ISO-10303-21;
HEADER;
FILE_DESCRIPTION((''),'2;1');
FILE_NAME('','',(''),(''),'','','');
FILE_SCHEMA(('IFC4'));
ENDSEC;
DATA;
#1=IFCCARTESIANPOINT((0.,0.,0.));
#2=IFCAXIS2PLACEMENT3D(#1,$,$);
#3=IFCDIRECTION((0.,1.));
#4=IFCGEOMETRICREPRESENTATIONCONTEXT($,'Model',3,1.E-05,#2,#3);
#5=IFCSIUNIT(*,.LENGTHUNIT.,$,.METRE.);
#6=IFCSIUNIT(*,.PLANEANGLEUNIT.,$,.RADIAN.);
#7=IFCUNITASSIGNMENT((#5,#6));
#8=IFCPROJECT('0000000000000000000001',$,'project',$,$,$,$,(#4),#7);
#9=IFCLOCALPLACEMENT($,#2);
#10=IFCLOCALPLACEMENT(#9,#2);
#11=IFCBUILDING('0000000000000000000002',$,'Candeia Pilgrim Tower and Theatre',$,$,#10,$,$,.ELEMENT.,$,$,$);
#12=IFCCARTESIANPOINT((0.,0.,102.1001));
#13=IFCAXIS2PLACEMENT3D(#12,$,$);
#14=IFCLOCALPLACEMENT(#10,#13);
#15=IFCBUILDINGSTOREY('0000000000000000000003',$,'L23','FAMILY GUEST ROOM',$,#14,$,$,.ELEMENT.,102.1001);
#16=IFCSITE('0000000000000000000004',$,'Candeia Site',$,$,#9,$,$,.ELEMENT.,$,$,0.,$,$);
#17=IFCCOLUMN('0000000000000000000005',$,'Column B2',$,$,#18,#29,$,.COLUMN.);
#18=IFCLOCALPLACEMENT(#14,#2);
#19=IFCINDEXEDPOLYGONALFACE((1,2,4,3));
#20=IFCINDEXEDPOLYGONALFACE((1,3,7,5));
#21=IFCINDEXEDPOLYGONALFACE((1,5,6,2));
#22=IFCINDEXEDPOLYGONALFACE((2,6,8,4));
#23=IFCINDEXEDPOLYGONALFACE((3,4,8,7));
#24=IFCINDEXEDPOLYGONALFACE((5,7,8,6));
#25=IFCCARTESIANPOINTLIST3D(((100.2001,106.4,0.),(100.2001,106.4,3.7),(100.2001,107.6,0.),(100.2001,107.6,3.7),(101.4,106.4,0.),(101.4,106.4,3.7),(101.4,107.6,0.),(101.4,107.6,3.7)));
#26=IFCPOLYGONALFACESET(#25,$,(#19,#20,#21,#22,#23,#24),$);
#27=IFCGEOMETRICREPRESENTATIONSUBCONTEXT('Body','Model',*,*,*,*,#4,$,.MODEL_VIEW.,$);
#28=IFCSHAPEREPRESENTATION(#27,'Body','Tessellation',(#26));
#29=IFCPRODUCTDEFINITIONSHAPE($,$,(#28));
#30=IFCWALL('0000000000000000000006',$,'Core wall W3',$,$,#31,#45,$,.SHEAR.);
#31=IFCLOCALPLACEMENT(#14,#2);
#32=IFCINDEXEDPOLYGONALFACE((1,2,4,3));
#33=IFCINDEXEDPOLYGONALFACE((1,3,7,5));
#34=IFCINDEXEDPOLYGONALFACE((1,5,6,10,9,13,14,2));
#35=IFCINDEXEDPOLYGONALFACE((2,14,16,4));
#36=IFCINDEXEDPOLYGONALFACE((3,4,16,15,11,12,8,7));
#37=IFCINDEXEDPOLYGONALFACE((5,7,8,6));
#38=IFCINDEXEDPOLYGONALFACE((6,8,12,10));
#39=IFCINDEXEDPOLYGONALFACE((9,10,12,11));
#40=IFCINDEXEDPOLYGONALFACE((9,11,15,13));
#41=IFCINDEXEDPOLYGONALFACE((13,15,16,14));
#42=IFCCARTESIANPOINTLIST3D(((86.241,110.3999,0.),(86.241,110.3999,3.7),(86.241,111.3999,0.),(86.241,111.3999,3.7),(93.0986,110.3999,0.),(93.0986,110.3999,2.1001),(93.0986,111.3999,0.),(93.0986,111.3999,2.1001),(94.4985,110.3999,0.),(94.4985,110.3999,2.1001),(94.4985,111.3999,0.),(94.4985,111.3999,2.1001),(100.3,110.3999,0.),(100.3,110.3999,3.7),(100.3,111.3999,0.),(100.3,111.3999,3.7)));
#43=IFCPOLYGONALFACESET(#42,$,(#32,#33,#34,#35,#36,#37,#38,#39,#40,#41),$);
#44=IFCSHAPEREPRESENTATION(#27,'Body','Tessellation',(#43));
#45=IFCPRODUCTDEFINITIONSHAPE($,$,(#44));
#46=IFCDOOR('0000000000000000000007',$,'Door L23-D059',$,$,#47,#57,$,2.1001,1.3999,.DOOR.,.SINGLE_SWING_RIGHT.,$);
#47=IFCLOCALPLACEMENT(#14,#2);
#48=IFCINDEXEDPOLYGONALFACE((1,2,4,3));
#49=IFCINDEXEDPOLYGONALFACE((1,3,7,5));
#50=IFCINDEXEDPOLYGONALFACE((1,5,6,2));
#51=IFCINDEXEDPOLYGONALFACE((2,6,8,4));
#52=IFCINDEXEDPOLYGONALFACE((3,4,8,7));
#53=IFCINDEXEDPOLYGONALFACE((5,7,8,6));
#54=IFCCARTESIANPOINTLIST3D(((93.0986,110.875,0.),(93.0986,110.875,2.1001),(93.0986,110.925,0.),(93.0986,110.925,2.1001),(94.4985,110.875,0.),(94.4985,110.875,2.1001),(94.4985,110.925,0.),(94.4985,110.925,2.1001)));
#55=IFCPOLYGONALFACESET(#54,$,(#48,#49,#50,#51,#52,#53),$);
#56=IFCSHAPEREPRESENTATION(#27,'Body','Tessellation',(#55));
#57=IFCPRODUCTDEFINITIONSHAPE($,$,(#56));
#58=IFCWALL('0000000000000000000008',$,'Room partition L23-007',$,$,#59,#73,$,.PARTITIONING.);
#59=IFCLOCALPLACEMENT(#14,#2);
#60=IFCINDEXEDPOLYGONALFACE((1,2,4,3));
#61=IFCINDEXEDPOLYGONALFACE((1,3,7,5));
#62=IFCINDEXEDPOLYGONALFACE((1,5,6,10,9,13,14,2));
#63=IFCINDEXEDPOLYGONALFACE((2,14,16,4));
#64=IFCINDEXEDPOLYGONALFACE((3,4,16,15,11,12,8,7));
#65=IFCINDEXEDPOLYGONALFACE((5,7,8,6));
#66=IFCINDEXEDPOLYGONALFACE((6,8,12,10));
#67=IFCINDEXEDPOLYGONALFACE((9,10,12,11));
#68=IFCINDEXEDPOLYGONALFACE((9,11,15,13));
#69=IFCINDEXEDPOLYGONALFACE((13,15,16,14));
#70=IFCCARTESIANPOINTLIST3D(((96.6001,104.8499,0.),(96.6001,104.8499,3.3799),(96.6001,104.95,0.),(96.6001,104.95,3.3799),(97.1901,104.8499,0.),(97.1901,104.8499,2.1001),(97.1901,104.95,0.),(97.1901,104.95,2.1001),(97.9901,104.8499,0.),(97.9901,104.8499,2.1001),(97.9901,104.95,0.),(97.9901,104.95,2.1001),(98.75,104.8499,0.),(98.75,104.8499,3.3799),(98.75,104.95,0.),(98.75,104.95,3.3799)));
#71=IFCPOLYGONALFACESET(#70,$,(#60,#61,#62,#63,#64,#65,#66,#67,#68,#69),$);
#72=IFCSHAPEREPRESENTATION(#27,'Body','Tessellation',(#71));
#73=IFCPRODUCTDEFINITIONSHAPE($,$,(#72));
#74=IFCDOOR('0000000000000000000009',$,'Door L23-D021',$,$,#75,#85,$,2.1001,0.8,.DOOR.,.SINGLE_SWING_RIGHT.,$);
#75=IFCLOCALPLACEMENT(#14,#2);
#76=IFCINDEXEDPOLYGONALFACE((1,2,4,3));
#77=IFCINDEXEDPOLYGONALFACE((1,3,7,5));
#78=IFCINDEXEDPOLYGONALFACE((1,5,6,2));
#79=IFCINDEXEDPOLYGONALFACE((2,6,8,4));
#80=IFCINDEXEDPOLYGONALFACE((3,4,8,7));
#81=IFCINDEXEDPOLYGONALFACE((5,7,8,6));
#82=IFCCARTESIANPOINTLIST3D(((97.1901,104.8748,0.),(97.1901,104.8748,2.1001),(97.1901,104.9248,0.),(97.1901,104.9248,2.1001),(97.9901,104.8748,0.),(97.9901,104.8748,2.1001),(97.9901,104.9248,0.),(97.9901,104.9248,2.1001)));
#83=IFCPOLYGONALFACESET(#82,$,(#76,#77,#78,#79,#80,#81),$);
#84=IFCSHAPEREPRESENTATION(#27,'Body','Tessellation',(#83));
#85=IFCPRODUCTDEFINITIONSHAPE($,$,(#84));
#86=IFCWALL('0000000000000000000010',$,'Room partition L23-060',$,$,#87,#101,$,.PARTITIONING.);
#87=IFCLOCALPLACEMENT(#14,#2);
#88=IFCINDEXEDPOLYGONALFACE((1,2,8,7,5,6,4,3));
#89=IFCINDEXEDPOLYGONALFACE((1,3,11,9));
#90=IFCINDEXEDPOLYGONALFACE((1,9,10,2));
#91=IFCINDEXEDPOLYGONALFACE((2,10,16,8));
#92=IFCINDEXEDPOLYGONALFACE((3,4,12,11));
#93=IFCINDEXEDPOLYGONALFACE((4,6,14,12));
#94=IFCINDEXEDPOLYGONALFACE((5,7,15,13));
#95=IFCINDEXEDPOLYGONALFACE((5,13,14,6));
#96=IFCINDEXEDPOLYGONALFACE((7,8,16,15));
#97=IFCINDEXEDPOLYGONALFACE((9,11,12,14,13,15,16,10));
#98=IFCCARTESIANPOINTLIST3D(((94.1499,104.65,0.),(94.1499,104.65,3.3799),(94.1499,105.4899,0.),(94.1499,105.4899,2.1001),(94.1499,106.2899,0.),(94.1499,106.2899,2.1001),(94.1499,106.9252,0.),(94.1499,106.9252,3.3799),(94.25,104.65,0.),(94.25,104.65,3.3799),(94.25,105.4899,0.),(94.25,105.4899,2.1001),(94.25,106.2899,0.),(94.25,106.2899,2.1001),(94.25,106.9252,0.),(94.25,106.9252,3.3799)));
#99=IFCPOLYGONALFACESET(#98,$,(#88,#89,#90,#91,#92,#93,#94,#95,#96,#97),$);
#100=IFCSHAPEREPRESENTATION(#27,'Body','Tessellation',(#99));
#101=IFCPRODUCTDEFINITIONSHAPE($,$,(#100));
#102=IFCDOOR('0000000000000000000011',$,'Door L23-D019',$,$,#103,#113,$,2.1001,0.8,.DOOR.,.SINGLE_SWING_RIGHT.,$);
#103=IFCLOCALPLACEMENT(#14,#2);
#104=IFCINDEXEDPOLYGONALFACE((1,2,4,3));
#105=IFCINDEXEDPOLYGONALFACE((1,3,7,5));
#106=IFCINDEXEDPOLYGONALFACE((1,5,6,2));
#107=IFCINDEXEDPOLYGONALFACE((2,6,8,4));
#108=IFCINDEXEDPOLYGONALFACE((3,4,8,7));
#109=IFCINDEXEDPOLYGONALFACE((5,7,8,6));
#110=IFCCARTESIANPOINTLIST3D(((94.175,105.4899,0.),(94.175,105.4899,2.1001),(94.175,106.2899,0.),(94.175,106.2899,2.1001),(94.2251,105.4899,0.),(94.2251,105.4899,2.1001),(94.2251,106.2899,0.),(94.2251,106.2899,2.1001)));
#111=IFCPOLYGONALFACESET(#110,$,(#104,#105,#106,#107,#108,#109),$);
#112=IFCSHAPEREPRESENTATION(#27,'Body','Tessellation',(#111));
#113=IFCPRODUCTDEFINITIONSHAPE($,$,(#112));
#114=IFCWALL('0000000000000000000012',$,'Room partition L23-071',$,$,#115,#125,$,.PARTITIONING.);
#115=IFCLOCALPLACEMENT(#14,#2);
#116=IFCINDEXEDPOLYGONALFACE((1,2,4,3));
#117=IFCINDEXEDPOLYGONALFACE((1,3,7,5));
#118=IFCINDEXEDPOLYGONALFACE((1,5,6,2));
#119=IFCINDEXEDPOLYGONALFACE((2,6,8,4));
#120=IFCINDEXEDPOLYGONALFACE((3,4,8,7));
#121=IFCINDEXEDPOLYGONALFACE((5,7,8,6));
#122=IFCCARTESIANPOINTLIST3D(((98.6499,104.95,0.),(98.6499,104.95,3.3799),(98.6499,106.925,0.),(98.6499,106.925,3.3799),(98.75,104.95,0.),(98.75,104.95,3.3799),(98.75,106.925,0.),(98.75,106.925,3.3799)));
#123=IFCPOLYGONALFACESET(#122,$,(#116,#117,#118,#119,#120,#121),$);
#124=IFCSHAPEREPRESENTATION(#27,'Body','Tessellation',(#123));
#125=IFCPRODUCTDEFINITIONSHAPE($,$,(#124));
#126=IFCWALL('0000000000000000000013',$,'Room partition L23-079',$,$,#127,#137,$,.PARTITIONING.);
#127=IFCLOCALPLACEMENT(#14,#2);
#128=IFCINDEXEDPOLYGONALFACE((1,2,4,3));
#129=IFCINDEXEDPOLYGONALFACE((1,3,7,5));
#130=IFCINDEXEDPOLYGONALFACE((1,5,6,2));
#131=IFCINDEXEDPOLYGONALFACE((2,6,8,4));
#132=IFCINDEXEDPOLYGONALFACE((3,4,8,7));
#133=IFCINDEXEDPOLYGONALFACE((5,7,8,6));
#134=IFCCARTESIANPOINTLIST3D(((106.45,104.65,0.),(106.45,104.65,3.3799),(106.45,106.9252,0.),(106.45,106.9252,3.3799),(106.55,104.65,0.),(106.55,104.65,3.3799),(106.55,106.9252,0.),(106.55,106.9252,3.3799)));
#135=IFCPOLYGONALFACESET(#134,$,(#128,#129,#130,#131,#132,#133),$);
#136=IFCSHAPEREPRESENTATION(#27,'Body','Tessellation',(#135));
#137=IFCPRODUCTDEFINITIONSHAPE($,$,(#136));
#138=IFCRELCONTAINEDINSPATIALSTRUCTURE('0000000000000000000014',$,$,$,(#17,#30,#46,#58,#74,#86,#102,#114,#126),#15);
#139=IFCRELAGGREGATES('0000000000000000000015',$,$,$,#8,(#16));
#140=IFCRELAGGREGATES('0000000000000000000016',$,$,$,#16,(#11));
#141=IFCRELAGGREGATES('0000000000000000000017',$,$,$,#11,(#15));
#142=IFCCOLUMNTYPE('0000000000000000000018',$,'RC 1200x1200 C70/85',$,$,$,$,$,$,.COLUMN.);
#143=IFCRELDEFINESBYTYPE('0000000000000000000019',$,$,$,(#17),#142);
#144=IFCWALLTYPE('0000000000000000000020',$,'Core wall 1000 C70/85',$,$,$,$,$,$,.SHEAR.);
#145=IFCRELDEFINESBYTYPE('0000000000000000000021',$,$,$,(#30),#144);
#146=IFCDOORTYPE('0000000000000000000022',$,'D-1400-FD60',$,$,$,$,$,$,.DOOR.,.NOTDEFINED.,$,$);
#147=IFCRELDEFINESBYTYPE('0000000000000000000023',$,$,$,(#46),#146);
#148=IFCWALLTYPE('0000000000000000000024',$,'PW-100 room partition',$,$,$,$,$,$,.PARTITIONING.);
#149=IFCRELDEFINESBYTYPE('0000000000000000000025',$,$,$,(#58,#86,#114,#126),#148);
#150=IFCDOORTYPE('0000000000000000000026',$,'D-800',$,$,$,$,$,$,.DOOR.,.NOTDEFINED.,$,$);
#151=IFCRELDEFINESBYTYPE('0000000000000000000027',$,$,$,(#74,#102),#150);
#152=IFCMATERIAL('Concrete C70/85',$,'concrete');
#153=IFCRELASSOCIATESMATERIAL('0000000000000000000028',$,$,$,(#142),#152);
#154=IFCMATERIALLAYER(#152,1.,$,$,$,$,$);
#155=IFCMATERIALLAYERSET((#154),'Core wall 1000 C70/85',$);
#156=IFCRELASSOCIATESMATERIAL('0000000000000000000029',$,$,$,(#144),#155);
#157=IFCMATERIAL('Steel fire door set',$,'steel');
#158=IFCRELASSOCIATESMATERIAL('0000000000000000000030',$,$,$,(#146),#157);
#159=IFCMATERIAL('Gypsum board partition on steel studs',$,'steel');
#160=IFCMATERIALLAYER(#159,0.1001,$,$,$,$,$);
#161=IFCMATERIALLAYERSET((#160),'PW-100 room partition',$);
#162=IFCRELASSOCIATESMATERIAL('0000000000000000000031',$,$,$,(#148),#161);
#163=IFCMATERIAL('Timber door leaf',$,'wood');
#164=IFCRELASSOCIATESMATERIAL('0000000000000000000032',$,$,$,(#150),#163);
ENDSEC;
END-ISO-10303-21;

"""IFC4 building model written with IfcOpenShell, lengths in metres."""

from ifc_helpers import new_model, si_unit, direction, frame, frame_2d, origin, origin_2d, place, context, subcontext, project, spatial, rectangle, extrude, material, layer, layer_set, material_profile, profile_set, type_object, element, fill, save


model = new_model("IFC4")

# Units and contexts
model_context = context("Model", 3, precision=1e-05, world=origin(), true_north=direction((0.0, 1.0)))
body_context = subcontext(model_context, "Body", "Model", "MODEL_VIEW")
ifc_project = project(units=[si_unit("LENGTHUNIT", "METRE"), si_unit("PLANEANGLEUNIT", "RADIAN")], contexts=[model_context])

# Site, building, storey
site_placement = place(None, origin())
site = spatial("IfcSite", under=ifc_project, at=site_placement, Name="Candeia Site", CompositionType="ELEMENT", RefElevation=0.0)
building_placement = place(site_placement, origin())
building = spatial("IfcBuilding", under=site, at=building_placement, Name="Candeia Pilgrim Tower and Theatre", CompositionType="ELEMENT")
storey_placement = place(building_placement, frame((0.0, 0.0, 102.1001)))
storey = spatial("IfcBuildingStorey", under=building, at=storey_placement, Name="L23", Description="FAMILY GUEST ROOM", CompositionType="ELEMENT", Elevation=102.1001)

# Column
ifc_material_1 = material(Name="Concrete C70/85", Category="concrete")
ifc_material_profile = material_profile(ifc_material_1, rectangle(XDim=1.2, YDim=1.2, at=origin_2d()))
ifc_profile_set = profile_set([ifc_material_profile], Name="Concrete C70/85")
column_type = type_object("IfcColumnType", Name="RC 1200x1200 C70/85", PredefinedType="COLUMN", material=ifc_profile_set)
column_placement = place(storey_placement, frame((100.8, 107.0, 0.0), z_axis=(0.0, 0.0, 1.0), x_axis=(1.0, 0.0, 0.0)))
element("IfcColumn", 1, at=column_placement, inside=storey, type_object=column_type, Name="Column B2", PredefinedType="COLUMN", context=body_context, shape_type="SweptSolid", body=[
    extrude(rectangle(XDim=1.2, YDim=1.2, at=origin_2d()), origin(), (0.0, 0.0, 1.0), 3.7),
])

# Walls, openings, doors
ifc_layer_1 = layer(ifc_material_1, 1.0)
ifc_layer_set_1 = layer_set([ifc_layer_1], Name="Core wall 1000 C70/85")
wall_type_1 = type_object("IfcWallType", Name="Core wall 1000 C70/85", PredefinedType="SHEAR", material=ifc_layer_set_1)
wall_1_placement = place(storey_placement, frame((100.3, 110.8999, 0.0), z_axis=(0.0, 0.0, 1.0), x_axis=(-1.0, 0.0, 0.0)))
wall_1 = element("IfcWall", 2, at=wall_1_placement, inside=storey, type_object=wall_type_1, Name="Core wall W3", PredefinedType="SHEAR", context=body_context, shape_type="SweptSolid", body=[
    extrude(rectangle(XDim=14.0591, YDim=1.0, at=frame_2d((7.0295, 0.0))), origin(), (0.0, 0.0, 1.0), 3.7),
])
opening_1_placement = place(wall_1_placement, frame((5.8015, 0.0, 0.0)))
opening_1 = element("IfcOpeningElement", 3, at=opening_1_placement, cuts=wall_1, PredefinedType="OPENING", context=body_context, shape_type="SweptSolid", body=[
    extrude(rectangle(XDim=1.3999, YDim=2.1001, at=frame_2d((0.7, 1.05))), frame((0.0, 0.51, 0.0), z_axis=(0.0, -1.0, 0.0), x_axis=(1.0, 0.0, 0.0)), (0.0, 0.0, 1.0), 1.02),
])
ifc_material_2 = material(Name="Steel fire door set", Category="steel")
door_type_1 = type_object("IfcDoorType", Name="D-1400-FD60", OperationType="NOTDEFINED", PredefinedType="DOOR", material=ifc_material_2)
door_1_placement = place(opening_1_placement, origin())
door_1 = element("IfcDoor", 4, at=door_1_placement, inside=storey, type_object=door_type_1, Name="Door L23-D059", OperationType="SINGLE_SWING_RIGHT", OverallHeight=2.1001, OverallWidth=1.3999, PredefinedType="DOOR", context=body_context, shape_type="SweptSolid", body=[
    extrude(rectangle(XDim=1.3999, YDim=2.1001, at=frame_2d((0.7, 1.05))), frame((0.0, 0.0249, 0.0), z_axis=(0.0, -1.0, 0.0), x_axis=(1.0, 0.0, 0.0)), (0.0, 0.0, 1.0), 0.05),
])
fill(opening_1, door_1)
ifc_material_3 = material(Name="Gypsum board partition on steel studs", Category="steel")
ifc_layer_2 = layer(ifc_material_3, 0.1001)
ifc_layer_set_2 = layer_set([ifc_layer_2], Name="PW-100 room partition")
wall_type_2 = type_object("IfcWallType", Name="PW-100 room partition", PredefinedType="PARTITIONING", material=ifc_layer_set_2)
wall_2_placement = place(storey_placement, frame((96.6001, 104.8999, 0.0), z_axis=(0.0, 0.0, 1.0), x_axis=(1.0, 0.0, 0.0)))
wall_2 = element("IfcWall", 5, at=wall_2_placement, inside=storey, type_object=wall_type_2, Name="Room partition L23-007", PredefinedType="PARTITIONING", context=body_context, shape_type="SweptSolid", body=[
    extrude(rectangle(XDim=2.1499, YDim=0.1001, at=frame_2d((1.075, 0.0))), origin(), (0.0, 0.0, 1.0), 3.3799),
])
opening_2_placement = place(wall_2_placement, frame((0.5901, 0.0, 0.0)))
opening_2 = element("IfcOpeningElement", 6, at=opening_2_placement, cuts=wall_2, PredefinedType="OPENING", context=body_context, shape_type="SweptSolid", body=[
    extrude(rectangle(XDim=0.8, YDim=2.1001, at=frame_2d((0.3999, 1.05))), frame((0.0, 0.0601, 0.0), z_axis=(0.0, -1.0, 0.0), x_axis=(1.0, 0.0, 0.0)), (0.0, 0.0, 1.0), 0.1201),
])
ifc_material_4 = material(Name="Timber door leaf", Category="wood")
door_type_2 = type_object("IfcDoorType", Name="D-800", OperationType="NOTDEFINED", PredefinedType="DOOR", material=ifc_material_4)
door_2_placement = place(opening_2_placement, origin())
door_2 = element("IfcDoor", 7, at=door_2_placement, inside=storey, type_object=door_type_2, Name="Door L23-D021", OperationType="SINGLE_SWING_RIGHT", OverallHeight=2.1001, OverallWidth=0.8, PredefinedType="DOOR", context=body_context, shape_type="SweptSolid", body=[
    extrude(rectangle(XDim=0.8, YDim=2.1001, at=frame_2d((0.3999, 1.05))), frame((0.0, 0.0249, 0.0), z_axis=(0.0, -1.0, 0.0), x_axis=(1.0, 0.0, 0.0)), (0.0, 0.0, 1.0), 0.05),
])
fill(opening_2, door_2)
wall_3_placement = place(storey_placement, frame((94.2, 104.6499, 0.0), z_axis=(0.0, 0.0, 1.0), x_axis=(0.0, 1.0, 0.0)))
wall_3 = element("IfcWall", 8, at=wall_3_placement, inside=storey, type_object=wall_type_2, Name="Room partition L23-060", PredefinedType="PARTITIONING", context=body_context, shape_type="SweptSolid", body=[
    extrude(rectangle(XDim=2.2751, YDim=0.1001, at=frame_2d((1.1377, 0.0))), origin(), (0.0, 0.0, 1.0), 3.3799),
])
opening_3_placement = place(wall_3_placement, frame((0.8401, 0.0, 0.0)))
opening_3 = element("IfcOpeningElement", 9, at=opening_3_placement, cuts=wall_3, PredefinedType="OPENING", context=body_context, shape_type="SweptSolid", body=[
    extrude(rectangle(XDim=0.8, YDim=2.1001, at=frame_2d((0.3999, 1.05))), frame((0.0, 0.0601, 0.0), z_axis=(0.0, -1.0, 0.0), x_axis=(1.0, 0.0, 0.0)), (0.0, 0.0, 1.0), 0.1201),
])
door_3_placement = place(opening_3_placement, origin())
door_3 = element("IfcDoor", 10, at=door_3_placement, inside=storey, type_object=door_type_2, Name="Door L23-D019", OperationType="SINGLE_SWING_RIGHT", OverallHeight=2.1001, OverallWidth=0.8, PredefinedType="DOOR", context=body_context, shape_type="SweptSolid", body=[
    extrude(rectangle(XDim=0.8, YDim=2.1001, at=frame_2d((0.3999, 1.05))), frame((0.0, 0.0249, 0.0), z_axis=(0.0, -1.0, 0.0), x_axis=(1.0, 0.0, 0.0)), (0.0, 0.0, 1.0), 0.05),
])
fill(opening_3, door_3)

# Walls
wall_4_placement = place(storey_placement, frame((98.7, 104.95, 0.0), z_axis=(0.0, 0.0, 1.0), x_axis=(0.0, 1.0, 0.0)))
element("IfcWall", 11, at=wall_4_placement, inside=storey, type_object=wall_type_2, Name="Room partition L23-071", PredefinedType="PARTITIONING", context=body_context, shape_type="SweptSolid", body=[
    extrude(rectangle(XDim=1.9751, YDim=0.1001, at=frame_2d((0.9875, 0.0))), origin(), (0.0, 0.0, 1.0), 3.3799),
])
wall_5_placement = place(storey_placement, frame((106.5, 104.6499, 0.0), z_axis=(0.0, 0.0, 1.0), x_axis=(0.0, 1.0, 0.0)))
element("IfcWall", 12, at=wall_5_placement, inside=storey, type_object=wall_type_2, Name="Room partition L23-079", PredefinedType="PARTITIONING", context=body_context, shape_type="SweptSolid", body=[
    extrude(rectangle(XDim=2.2751, YDim=0.1001, at=frame_2d((1.1377, 0.0))), origin(), (0.0, 0.0, 1.0), 3.3799),
])

save(model, "model.ifc")
